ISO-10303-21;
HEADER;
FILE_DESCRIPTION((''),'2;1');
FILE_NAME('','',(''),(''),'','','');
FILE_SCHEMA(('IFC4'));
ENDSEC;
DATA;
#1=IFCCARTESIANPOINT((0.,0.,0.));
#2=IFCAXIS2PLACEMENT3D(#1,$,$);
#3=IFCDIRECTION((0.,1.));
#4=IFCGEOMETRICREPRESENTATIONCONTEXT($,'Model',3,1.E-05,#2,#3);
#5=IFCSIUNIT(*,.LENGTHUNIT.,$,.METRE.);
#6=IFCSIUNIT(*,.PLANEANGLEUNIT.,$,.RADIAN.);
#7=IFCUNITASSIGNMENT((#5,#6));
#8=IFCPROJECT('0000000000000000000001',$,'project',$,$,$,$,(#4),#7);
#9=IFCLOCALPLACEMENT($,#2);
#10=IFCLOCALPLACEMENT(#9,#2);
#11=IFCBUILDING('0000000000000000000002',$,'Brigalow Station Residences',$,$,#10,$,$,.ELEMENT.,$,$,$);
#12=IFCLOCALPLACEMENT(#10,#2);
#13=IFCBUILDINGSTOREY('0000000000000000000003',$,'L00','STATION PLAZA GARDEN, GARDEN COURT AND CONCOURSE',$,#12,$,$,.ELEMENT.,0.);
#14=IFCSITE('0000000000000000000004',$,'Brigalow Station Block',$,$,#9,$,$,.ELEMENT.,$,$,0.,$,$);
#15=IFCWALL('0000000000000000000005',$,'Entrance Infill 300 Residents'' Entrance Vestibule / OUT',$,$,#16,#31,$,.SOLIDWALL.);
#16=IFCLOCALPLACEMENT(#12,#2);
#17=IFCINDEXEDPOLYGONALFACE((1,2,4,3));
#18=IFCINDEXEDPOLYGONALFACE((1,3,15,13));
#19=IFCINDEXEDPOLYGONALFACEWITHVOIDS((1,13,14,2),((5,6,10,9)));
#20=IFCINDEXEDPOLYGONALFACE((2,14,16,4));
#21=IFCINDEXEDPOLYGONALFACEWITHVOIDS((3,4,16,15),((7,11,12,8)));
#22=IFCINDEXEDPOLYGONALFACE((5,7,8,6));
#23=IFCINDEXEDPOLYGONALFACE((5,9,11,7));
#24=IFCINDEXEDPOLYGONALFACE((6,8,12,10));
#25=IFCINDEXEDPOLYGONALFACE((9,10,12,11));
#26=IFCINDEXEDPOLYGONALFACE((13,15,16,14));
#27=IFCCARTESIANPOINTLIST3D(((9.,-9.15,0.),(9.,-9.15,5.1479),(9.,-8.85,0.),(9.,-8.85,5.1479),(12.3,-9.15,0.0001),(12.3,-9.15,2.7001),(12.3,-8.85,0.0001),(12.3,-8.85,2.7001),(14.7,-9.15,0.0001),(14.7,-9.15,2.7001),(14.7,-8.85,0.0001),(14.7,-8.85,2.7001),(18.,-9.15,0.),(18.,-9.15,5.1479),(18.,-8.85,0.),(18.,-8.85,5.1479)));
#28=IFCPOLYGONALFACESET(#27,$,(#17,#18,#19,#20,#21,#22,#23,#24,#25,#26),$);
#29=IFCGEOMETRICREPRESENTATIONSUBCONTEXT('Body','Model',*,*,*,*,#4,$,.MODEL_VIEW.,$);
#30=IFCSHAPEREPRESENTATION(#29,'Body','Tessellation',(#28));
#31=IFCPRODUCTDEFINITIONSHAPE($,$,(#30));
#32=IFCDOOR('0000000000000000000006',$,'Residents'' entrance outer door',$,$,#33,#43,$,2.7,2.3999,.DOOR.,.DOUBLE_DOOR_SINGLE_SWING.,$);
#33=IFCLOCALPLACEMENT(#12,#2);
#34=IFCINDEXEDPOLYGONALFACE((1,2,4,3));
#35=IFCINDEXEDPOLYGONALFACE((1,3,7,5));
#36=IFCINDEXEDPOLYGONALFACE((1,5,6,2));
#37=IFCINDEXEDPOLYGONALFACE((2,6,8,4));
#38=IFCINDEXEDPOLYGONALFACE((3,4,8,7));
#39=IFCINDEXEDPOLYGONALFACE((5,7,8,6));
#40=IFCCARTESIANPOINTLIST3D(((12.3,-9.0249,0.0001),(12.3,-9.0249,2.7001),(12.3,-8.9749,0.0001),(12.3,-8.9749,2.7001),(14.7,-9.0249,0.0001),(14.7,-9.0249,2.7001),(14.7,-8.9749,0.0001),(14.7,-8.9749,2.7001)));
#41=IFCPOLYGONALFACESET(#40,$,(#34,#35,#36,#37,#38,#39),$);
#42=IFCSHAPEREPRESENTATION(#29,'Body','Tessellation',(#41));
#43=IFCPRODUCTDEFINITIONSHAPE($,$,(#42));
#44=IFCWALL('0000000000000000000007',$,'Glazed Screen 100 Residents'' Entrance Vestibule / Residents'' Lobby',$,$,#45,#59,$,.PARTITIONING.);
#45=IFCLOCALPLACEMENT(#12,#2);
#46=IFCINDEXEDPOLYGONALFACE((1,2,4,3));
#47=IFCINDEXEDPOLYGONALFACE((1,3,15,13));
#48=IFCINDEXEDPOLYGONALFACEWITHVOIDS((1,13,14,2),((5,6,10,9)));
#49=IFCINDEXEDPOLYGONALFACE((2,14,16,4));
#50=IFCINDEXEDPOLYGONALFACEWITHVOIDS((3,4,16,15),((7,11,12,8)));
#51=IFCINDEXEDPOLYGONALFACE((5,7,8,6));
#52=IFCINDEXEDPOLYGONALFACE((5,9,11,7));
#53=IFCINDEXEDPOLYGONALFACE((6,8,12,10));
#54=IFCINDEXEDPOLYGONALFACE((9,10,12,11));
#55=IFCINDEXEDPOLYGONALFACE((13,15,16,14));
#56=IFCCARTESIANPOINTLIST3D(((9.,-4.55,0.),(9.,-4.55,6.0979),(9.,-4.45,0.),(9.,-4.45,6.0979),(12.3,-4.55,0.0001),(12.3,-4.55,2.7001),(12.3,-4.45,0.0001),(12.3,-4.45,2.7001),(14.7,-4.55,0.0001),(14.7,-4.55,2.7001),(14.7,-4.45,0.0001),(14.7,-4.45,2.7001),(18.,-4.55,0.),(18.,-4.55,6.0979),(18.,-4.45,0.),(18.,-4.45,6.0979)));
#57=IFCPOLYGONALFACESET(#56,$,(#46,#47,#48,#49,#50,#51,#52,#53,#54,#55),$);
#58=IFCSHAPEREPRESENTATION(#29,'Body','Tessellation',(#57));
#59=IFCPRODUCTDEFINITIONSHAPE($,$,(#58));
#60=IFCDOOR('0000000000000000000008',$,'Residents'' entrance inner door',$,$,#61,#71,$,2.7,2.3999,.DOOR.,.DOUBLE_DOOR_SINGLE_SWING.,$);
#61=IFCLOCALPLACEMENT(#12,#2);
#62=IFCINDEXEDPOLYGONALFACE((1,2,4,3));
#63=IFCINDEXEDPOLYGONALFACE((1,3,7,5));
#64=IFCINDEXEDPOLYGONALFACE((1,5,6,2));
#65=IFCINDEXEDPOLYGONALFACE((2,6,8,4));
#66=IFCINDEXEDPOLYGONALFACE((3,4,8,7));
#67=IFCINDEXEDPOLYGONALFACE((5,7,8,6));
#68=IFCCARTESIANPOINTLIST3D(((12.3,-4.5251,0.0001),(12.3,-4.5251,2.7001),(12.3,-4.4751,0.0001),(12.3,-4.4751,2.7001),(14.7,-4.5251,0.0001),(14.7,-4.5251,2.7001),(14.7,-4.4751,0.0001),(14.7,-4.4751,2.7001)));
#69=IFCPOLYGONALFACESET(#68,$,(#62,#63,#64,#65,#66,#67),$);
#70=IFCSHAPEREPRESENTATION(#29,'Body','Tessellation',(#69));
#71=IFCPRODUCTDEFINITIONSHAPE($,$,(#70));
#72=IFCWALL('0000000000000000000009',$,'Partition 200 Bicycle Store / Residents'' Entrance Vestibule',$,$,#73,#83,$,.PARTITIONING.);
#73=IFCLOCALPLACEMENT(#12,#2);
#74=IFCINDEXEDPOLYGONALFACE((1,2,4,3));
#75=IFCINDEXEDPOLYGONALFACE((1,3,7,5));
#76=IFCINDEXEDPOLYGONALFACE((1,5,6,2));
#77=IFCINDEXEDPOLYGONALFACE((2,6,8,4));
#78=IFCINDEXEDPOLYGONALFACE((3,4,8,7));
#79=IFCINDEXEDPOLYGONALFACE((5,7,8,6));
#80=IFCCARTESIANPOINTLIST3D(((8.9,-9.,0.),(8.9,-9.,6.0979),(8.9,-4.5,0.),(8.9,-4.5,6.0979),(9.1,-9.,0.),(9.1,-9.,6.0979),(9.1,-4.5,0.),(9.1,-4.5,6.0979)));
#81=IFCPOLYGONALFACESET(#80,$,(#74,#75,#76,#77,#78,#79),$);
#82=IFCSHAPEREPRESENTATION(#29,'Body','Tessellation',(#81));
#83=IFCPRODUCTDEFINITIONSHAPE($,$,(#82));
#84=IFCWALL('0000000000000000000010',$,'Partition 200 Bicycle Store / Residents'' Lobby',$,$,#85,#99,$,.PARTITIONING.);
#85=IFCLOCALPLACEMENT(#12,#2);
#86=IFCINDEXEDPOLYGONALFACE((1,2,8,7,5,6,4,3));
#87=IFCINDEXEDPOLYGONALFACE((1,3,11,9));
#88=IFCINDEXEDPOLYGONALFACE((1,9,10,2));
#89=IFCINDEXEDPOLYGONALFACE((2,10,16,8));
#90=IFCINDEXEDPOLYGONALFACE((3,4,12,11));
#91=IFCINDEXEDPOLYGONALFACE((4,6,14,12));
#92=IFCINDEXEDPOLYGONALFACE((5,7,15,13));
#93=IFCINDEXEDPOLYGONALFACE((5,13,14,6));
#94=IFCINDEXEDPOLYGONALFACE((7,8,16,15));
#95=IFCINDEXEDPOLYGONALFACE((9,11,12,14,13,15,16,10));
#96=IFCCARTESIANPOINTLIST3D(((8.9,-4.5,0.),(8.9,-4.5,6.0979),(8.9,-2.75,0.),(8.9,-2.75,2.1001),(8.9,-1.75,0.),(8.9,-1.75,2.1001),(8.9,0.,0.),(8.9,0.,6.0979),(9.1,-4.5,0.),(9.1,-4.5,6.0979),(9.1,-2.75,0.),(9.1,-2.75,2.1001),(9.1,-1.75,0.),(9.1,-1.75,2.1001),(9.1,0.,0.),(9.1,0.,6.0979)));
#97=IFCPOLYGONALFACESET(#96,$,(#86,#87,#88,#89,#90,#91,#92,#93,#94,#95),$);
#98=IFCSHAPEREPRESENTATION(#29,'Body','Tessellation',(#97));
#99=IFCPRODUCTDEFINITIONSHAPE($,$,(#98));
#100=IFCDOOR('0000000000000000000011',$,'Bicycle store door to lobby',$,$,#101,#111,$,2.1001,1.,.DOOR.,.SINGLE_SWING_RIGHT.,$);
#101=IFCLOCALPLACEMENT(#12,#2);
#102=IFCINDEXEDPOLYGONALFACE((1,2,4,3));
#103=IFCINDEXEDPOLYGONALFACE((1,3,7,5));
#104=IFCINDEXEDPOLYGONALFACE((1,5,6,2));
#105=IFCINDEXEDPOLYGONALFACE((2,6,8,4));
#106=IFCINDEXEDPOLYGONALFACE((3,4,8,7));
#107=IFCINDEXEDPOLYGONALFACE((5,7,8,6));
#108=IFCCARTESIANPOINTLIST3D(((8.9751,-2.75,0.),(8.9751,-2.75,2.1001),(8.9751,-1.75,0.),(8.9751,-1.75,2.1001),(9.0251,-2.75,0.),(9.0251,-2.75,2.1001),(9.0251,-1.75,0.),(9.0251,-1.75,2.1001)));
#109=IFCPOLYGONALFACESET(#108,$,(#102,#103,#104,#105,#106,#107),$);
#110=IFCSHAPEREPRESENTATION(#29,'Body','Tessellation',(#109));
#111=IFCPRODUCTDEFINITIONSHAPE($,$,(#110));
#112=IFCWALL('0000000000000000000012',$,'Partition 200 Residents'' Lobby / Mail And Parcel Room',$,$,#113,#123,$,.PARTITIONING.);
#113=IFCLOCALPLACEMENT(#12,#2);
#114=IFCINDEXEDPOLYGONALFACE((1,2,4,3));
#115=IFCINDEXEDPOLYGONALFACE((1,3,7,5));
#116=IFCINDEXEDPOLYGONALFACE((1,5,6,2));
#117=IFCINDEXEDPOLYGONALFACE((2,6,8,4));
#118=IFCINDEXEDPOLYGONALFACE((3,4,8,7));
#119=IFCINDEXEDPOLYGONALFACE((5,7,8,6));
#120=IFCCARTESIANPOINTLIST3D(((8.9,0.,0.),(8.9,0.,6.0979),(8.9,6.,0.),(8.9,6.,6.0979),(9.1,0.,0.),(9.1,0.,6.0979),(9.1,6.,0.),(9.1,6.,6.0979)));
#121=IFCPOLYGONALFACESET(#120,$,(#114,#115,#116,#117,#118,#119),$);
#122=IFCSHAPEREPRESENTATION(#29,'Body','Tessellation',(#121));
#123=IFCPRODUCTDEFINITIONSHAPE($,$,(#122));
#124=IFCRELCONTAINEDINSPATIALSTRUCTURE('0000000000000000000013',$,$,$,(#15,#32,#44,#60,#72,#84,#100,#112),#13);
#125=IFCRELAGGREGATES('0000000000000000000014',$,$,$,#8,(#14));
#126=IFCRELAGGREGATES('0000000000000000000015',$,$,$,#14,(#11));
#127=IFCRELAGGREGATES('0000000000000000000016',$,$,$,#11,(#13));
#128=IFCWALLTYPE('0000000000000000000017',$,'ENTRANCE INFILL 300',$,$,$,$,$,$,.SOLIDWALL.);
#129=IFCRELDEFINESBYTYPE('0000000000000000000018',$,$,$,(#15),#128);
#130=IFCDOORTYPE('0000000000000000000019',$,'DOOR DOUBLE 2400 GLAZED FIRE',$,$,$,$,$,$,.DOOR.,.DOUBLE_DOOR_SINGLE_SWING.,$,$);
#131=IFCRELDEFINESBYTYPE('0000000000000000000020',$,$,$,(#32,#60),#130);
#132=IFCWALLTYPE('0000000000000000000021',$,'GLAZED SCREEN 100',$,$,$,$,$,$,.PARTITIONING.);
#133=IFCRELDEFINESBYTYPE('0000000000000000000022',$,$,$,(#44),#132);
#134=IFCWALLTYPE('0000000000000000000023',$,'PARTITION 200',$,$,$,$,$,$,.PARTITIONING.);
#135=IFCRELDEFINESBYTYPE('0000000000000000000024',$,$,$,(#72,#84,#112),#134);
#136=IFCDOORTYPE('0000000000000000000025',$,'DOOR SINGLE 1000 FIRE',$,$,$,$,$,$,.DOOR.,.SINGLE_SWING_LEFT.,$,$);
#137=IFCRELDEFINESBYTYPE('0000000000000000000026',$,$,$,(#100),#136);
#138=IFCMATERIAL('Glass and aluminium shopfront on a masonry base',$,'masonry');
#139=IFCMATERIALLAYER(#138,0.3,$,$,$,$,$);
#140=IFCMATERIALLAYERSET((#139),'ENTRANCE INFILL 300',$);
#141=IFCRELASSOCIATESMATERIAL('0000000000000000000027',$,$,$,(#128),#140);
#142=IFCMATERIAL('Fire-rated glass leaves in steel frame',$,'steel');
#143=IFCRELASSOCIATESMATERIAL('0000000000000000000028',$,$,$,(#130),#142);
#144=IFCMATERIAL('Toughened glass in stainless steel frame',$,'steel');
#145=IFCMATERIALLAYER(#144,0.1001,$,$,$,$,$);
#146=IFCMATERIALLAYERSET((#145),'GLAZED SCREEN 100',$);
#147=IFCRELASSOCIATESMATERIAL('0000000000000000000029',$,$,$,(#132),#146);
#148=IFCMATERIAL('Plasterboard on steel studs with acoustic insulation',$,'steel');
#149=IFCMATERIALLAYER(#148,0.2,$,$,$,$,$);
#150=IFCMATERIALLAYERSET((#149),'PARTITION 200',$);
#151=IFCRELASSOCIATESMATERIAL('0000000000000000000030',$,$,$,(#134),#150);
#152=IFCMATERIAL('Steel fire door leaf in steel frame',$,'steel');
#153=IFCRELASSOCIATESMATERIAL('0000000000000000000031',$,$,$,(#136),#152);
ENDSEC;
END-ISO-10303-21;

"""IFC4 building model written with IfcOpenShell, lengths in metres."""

from ifc_helpers import new_model, si_unit, direction, frame, frame_2d, origin, place, context, subcontext, project, spatial, rectangle, extrude, material, layer, layer_set, type_object, element, fill, save


model = new_model("IFC4")

# Units and contexts
model_context = context("Model", 3, precision=1e-05, world=origin(), true_north=direction((0.0, 1.0)))
body_context = subcontext(model_context, "Body", "Model", "MODEL_VIEW")
ifc_project = project(units=[si_unit("LENGTHUNIT", "METRE"), si_unit("PLANEANGLEUNIT", "RADIAN")], contexts=[model_context])

# Site, building, storey
site_placement = place(None, origin())
site = spatial("IfcSite", under=ifc_project, at=site_placement, Name="Brigalow Station Block", CompositionType="ELEMENT", RefElevation=0.0)
building_placement = place(site_placement, origin())
building = spatial("IfcBuilding", under=site, at=building_placement, Name="Brigalow Station Residences", CompositionType="ELEMENT")
storey_placement = place(building_placement, origin())
storey = spatial("IfcBuildingStorey", under=building, at=storey_placement, Name="L00", Description="STATION PLAZA GARDEN, GARDEN COURT AND CONCOURSE", CompositionType="ELEMENT", Elevation=0.0)

# Walls, openings, doors
ifc_material_1 = material(Name="Glass and aluminium shopfront on a masonry base", Category="masonry")
ifc_layer_1 = layer(ifc_material_1, 0.3)
ifc_layer_set_1 = layer_set([ifc_layer_1], Name="ENTRANCE INFILL 300")
wall_type_1 = type_object("IfcWallType", Name="ENTRANCE INFILL 300", PredefinedType="SOLIDWALL", material=ifc_layer_set_1)
wall_1_placement = place(storey_placement, frame((9.0, -9.0, 0.0), z_axis=(0.0, 0.0, 1.0), x_axis=(1.0, 0.0, 0.0)))
wall_1 = element("IfcWall", 1, at=wall_1_placement, inside=storey, type_object=wall_type_1, Name="Entrance Infill 300 Residents' Entrance Vestibule / OUT", PredefinedType="SOLIDWALL", context=body_context, shape_type="SweptSolid", body=[
    extrude(rectangle(XDim=9.0, YDim=0.3, at=frame_2d((4.5, 0.0))), origin(), (0.0, 0.0, 1.0), 5.1479),
])
opening_1_placement = place(wall_1_placement, frame((3.3, 0.0, 0.0)))
opening_1 = element("IfcOpeningElement", 2, at=opening_1_placement, cuts=wall_1, PredefinedType="OPENING", context=body_context, shape_type="SweptSolid", body=[
    extrude(rectangle(XDim=2.3999, YDim=2.7, at=frame_2d((1.2, 1.3501))), frame((0.0, 0.1602, 0.0), z_axis=(0.0, -1.0, 0.0), x_axis=(1.0, 0.0, 0.0)), (0.0, 0.0, 1.0), 0.3201),
])
ifc_material_2 = material(Name="Fire-rated glass leaves in steel frame", Category="steel")
door_type_1 = type_object("IfcDoorType", Name="DOOR DOUBLE 2400 GLAZED FIRE", OperationType="DOUBLE_DOOR_SINGLE_SWING", PredefinedType="DOOR", material=ifc_material_2)
door_1_placement = place(opening_1_placement, frame((2.3999, 0.0, 0.0), z_axis=(0.0, 0.0, 1.0), x_axis=(-1.0, 0.0, 0.0)))
door_1 = element("IfcDoor", 3, at=door_1_placement, inside=storey, type_object=door_type_1, Name="Residents' entrance outer door", OperationType="DOUBLE_DOOR_SINGLE_SWING", OverallHeight=2.7, OverallWidth=2.3999, PredefinedType="DOOR", context=body_context, shape_type="SweptSolid", body=[
    extrude(rectangle(XDim=2.3999, YDim=2.7, at=frame_2d((1.2, 1.3501))), frame((0.0, 0.0249, 0.0), z_axis=(0.0, -1.0, 0.0), x_axis=(1.0, 0.0, 0.0)), (0.0, 0.0, 1.0), 0.05),
])
fill(opening_1, door_1)
ifc_material_3 = material(Name="Toughened glass in stainless steel frame", Category="steel")
ifc_layer_2 = layer(ifc_material_3, 0.1001)
ifc_layer_set_2 = layer_set([ifc_layer_2], Name="GLAZED SCREEN 100")
wall_type_2 = type_object("IfcWallType", Name="GLAZED SCREEN 100", PredefinedType="PARTITIONING", material=ifc_layer_set_2)
wall_2_placement = place(storey_placement, frame((9.0, -4.5, 0.0), z_axis=(0.0, 0.0, 1.0), x_axis=(1.0, 0.0, 0.0)))
wall_2 = element("IfcWall", 4, at=wall_2_placement, inside=storey, type_object=wall_type_2, Name="Glazed Screen 100 Residents' Entrance Vestibule / Residents' Lobby", PredefinedType="PARTITIONING", context=body_context, shape_type="SweptSolid", body=[
    extrude(rectangle(XDim=9.0, YDim=0.1001, at=frame_2d((4.5, 0.0))), origin(), (0.0, 0.0, 1.0), 6.0979),
])
opening_2_placement = place(wall_2_placement, frame((3.3, 0.0, 0.0)))
opening_2 = element("IfcOpeningElement", 5, at=opening_2_placement, cuts=wall_2, PredefinedType="OPENING", context=body_context, shape_type="SweptSolid", body=[
    extrude(rectangle(XDim=2.3999, YDim=2.7, at=frame_2d((1.2, 1.3501))), frame((0.0, 0.0601, 0.0), z_axis=(0.0, -1.0, 0.0), x_axis=(1.0, 0.0, 0.0)), (0.0, 0.0, 1.0), 0.1201),
])
door_2_placement = place(opening_2_placement, origin())
door_2 = element("IfcDoor", 6, at=door_2_placement, inside=storey, type_object=door_type_1, Name="Residents' entrance inner door", OperationType="DOUBLE_DOOR_SINGLE_SWING", OverallHeight=2.7, OverallWidth=2.3999, PredefinedType="DOOR", context=body_context, shape_type="SweptSolid", body=[
    extrude(rectangle(XDim=2.3999, YDim=2.7, at=frame_2d((1.2, 1.3501))), frame((0.0, 0.0249, 0.0), z_axis=(0.0, -1.0, 0.0), x_axis=(1.0, 0.0, 0.0)), (0.0, 0.0, 1.0), 0.05),
])
fill(opening_2, door_2)

# Wall
ifc_material_4 = material(Name="Plasterboard on steel studs with acoustic insulation", Category="steel")
ifc_layer_3 = layer(ifc_material_4, 0.2)
ifc_layer_set_3 = layer_set([ifc_layer_3], Name="PARTITION 200")
wall_type_3 = type_object("IfcWallType", Name="PARTITION 200", PredefinedType="PARTITIONING", material=ifc_layer_set_3)
wall_3_placement = place(storey_placement, frame((9.0, -9.0, 0.0), z_axis=(0.0, 0.0, 1.0), x_axis=(0.0, 1.0, 0.0)))
element("IfcWall", 7, at=wall_3_placement, inside=storey, type_object=wall_type_3, Name="Partition 200 Bicycle Store / Residents' Entrance Vestibule", PredefinedType="PARTITIONING", context=body_context, shape_type="SweptSolid", body=[
    extrude(rectangle(XDim=4.5, YDim=0.2, at=frame_2d((2.25, 0.0))), origin(), (0.0, 0.0, 1.0), 6.0979),
])

# Wall, opening, door
wall_4_placement = place(storey_placement, frame((9.0, -4.5, 0.0), z_axis=(0.0, 0.0, 1.0), x_axis=(0.0, 1.0, 0.0)))
wall_4 = element("IfcWall", 8, at=wall_4_placement, inside=storey, type_object=wall_type_3, Name="Partition 200 Bicycle Store / Residents' Lobby", PredefinedType="PARTITIONING", context=body_context, shape_type="SweptSolid", body=[
    extrude(rectangle(XDim=4.5, YDim=0.2, at=frame_2d((2.25, 0.0))), origin(), (0.0, 0.0, 1.0), 6.0979),
])
opening_3_placement = place(wall_4_placement, frame((1.75, 0.0, 0.0)))
opening_3 = element("IfcOpeningElement", 9, at=opening_3_placement, cuts=wall_4, PredefinedType="OPENING", context=body_context, shape_type="SweptSolid", body=[
    extrude(rectangle(XDim=1.0, YDim=2.1001, at=frame_2d((0.5, 1.05))), frame((0.0, 0.1099, 0.0), z_axis=(0.0, -1.0, 0.0), x_axis=(1.0, 0.0, 0.0)), (0.0, 0.0, 1.0), 0.22),
])
ifc_material_5 = material(Name="Steel fire door leaf in steel frame", Category="steel")
door_type_2 = type_object("IfcDoorType", Name="DOOR SINGLE 1000 FIRE", OperationType="SINGLE_SWING_LEFT", PredefinedType="DOOR", material=ifc_material_5)
door_3_placement = place(opening_3_placement, origin())
door_3 = element("IfcDoor", 10, at=door_3_placement, inside=storey, type_object=door_type_2, Name="Bicycle store door to lobby", OperationType="SINGLE_SWING_RIGHT", OverallHeight=2.1001, OverallWidth=1.0, PredefinedType="DOOR", context=body_context, shape_type="SweptSolid", body=[
    extrude(rectangle(XDim=1.0, YDim=2.1001, at=frame_2d((0.5, 1.05))), frame((0.0, 0.0249, 0.0), z_axis=(0.0, -1.0, 0.0), x_axis=(1.0, 0.0, 0.0)), (0.0, 0.0, 1.0), 0.05),
])
fill(opening_3, door_3)

# Wall
wall_5_placement = place(storey_placement, frame((9.0, 0.0, 0.0), z_axis=(0.0, 0.0, 1.0), x_axis=(0.0, 1.0, 0.0)))
element("IfcWall", 11, at=wall_5_placement, inside=storey, type_object=wall_type_3, Name="Partition 200 Residents' Lobby / Mail And Parcel Room", PredefinedType="PARTITIONING", context=body_context, shape_type="SweptSolid", body=[
    extrude(rectangle(XDim=6.0, YDim=0.2, at=frame_2d((3.0, 0.0))), origin(), (0.0, 0.0, 1.0), 6.0979),
])

save(model, "model.ifc")
